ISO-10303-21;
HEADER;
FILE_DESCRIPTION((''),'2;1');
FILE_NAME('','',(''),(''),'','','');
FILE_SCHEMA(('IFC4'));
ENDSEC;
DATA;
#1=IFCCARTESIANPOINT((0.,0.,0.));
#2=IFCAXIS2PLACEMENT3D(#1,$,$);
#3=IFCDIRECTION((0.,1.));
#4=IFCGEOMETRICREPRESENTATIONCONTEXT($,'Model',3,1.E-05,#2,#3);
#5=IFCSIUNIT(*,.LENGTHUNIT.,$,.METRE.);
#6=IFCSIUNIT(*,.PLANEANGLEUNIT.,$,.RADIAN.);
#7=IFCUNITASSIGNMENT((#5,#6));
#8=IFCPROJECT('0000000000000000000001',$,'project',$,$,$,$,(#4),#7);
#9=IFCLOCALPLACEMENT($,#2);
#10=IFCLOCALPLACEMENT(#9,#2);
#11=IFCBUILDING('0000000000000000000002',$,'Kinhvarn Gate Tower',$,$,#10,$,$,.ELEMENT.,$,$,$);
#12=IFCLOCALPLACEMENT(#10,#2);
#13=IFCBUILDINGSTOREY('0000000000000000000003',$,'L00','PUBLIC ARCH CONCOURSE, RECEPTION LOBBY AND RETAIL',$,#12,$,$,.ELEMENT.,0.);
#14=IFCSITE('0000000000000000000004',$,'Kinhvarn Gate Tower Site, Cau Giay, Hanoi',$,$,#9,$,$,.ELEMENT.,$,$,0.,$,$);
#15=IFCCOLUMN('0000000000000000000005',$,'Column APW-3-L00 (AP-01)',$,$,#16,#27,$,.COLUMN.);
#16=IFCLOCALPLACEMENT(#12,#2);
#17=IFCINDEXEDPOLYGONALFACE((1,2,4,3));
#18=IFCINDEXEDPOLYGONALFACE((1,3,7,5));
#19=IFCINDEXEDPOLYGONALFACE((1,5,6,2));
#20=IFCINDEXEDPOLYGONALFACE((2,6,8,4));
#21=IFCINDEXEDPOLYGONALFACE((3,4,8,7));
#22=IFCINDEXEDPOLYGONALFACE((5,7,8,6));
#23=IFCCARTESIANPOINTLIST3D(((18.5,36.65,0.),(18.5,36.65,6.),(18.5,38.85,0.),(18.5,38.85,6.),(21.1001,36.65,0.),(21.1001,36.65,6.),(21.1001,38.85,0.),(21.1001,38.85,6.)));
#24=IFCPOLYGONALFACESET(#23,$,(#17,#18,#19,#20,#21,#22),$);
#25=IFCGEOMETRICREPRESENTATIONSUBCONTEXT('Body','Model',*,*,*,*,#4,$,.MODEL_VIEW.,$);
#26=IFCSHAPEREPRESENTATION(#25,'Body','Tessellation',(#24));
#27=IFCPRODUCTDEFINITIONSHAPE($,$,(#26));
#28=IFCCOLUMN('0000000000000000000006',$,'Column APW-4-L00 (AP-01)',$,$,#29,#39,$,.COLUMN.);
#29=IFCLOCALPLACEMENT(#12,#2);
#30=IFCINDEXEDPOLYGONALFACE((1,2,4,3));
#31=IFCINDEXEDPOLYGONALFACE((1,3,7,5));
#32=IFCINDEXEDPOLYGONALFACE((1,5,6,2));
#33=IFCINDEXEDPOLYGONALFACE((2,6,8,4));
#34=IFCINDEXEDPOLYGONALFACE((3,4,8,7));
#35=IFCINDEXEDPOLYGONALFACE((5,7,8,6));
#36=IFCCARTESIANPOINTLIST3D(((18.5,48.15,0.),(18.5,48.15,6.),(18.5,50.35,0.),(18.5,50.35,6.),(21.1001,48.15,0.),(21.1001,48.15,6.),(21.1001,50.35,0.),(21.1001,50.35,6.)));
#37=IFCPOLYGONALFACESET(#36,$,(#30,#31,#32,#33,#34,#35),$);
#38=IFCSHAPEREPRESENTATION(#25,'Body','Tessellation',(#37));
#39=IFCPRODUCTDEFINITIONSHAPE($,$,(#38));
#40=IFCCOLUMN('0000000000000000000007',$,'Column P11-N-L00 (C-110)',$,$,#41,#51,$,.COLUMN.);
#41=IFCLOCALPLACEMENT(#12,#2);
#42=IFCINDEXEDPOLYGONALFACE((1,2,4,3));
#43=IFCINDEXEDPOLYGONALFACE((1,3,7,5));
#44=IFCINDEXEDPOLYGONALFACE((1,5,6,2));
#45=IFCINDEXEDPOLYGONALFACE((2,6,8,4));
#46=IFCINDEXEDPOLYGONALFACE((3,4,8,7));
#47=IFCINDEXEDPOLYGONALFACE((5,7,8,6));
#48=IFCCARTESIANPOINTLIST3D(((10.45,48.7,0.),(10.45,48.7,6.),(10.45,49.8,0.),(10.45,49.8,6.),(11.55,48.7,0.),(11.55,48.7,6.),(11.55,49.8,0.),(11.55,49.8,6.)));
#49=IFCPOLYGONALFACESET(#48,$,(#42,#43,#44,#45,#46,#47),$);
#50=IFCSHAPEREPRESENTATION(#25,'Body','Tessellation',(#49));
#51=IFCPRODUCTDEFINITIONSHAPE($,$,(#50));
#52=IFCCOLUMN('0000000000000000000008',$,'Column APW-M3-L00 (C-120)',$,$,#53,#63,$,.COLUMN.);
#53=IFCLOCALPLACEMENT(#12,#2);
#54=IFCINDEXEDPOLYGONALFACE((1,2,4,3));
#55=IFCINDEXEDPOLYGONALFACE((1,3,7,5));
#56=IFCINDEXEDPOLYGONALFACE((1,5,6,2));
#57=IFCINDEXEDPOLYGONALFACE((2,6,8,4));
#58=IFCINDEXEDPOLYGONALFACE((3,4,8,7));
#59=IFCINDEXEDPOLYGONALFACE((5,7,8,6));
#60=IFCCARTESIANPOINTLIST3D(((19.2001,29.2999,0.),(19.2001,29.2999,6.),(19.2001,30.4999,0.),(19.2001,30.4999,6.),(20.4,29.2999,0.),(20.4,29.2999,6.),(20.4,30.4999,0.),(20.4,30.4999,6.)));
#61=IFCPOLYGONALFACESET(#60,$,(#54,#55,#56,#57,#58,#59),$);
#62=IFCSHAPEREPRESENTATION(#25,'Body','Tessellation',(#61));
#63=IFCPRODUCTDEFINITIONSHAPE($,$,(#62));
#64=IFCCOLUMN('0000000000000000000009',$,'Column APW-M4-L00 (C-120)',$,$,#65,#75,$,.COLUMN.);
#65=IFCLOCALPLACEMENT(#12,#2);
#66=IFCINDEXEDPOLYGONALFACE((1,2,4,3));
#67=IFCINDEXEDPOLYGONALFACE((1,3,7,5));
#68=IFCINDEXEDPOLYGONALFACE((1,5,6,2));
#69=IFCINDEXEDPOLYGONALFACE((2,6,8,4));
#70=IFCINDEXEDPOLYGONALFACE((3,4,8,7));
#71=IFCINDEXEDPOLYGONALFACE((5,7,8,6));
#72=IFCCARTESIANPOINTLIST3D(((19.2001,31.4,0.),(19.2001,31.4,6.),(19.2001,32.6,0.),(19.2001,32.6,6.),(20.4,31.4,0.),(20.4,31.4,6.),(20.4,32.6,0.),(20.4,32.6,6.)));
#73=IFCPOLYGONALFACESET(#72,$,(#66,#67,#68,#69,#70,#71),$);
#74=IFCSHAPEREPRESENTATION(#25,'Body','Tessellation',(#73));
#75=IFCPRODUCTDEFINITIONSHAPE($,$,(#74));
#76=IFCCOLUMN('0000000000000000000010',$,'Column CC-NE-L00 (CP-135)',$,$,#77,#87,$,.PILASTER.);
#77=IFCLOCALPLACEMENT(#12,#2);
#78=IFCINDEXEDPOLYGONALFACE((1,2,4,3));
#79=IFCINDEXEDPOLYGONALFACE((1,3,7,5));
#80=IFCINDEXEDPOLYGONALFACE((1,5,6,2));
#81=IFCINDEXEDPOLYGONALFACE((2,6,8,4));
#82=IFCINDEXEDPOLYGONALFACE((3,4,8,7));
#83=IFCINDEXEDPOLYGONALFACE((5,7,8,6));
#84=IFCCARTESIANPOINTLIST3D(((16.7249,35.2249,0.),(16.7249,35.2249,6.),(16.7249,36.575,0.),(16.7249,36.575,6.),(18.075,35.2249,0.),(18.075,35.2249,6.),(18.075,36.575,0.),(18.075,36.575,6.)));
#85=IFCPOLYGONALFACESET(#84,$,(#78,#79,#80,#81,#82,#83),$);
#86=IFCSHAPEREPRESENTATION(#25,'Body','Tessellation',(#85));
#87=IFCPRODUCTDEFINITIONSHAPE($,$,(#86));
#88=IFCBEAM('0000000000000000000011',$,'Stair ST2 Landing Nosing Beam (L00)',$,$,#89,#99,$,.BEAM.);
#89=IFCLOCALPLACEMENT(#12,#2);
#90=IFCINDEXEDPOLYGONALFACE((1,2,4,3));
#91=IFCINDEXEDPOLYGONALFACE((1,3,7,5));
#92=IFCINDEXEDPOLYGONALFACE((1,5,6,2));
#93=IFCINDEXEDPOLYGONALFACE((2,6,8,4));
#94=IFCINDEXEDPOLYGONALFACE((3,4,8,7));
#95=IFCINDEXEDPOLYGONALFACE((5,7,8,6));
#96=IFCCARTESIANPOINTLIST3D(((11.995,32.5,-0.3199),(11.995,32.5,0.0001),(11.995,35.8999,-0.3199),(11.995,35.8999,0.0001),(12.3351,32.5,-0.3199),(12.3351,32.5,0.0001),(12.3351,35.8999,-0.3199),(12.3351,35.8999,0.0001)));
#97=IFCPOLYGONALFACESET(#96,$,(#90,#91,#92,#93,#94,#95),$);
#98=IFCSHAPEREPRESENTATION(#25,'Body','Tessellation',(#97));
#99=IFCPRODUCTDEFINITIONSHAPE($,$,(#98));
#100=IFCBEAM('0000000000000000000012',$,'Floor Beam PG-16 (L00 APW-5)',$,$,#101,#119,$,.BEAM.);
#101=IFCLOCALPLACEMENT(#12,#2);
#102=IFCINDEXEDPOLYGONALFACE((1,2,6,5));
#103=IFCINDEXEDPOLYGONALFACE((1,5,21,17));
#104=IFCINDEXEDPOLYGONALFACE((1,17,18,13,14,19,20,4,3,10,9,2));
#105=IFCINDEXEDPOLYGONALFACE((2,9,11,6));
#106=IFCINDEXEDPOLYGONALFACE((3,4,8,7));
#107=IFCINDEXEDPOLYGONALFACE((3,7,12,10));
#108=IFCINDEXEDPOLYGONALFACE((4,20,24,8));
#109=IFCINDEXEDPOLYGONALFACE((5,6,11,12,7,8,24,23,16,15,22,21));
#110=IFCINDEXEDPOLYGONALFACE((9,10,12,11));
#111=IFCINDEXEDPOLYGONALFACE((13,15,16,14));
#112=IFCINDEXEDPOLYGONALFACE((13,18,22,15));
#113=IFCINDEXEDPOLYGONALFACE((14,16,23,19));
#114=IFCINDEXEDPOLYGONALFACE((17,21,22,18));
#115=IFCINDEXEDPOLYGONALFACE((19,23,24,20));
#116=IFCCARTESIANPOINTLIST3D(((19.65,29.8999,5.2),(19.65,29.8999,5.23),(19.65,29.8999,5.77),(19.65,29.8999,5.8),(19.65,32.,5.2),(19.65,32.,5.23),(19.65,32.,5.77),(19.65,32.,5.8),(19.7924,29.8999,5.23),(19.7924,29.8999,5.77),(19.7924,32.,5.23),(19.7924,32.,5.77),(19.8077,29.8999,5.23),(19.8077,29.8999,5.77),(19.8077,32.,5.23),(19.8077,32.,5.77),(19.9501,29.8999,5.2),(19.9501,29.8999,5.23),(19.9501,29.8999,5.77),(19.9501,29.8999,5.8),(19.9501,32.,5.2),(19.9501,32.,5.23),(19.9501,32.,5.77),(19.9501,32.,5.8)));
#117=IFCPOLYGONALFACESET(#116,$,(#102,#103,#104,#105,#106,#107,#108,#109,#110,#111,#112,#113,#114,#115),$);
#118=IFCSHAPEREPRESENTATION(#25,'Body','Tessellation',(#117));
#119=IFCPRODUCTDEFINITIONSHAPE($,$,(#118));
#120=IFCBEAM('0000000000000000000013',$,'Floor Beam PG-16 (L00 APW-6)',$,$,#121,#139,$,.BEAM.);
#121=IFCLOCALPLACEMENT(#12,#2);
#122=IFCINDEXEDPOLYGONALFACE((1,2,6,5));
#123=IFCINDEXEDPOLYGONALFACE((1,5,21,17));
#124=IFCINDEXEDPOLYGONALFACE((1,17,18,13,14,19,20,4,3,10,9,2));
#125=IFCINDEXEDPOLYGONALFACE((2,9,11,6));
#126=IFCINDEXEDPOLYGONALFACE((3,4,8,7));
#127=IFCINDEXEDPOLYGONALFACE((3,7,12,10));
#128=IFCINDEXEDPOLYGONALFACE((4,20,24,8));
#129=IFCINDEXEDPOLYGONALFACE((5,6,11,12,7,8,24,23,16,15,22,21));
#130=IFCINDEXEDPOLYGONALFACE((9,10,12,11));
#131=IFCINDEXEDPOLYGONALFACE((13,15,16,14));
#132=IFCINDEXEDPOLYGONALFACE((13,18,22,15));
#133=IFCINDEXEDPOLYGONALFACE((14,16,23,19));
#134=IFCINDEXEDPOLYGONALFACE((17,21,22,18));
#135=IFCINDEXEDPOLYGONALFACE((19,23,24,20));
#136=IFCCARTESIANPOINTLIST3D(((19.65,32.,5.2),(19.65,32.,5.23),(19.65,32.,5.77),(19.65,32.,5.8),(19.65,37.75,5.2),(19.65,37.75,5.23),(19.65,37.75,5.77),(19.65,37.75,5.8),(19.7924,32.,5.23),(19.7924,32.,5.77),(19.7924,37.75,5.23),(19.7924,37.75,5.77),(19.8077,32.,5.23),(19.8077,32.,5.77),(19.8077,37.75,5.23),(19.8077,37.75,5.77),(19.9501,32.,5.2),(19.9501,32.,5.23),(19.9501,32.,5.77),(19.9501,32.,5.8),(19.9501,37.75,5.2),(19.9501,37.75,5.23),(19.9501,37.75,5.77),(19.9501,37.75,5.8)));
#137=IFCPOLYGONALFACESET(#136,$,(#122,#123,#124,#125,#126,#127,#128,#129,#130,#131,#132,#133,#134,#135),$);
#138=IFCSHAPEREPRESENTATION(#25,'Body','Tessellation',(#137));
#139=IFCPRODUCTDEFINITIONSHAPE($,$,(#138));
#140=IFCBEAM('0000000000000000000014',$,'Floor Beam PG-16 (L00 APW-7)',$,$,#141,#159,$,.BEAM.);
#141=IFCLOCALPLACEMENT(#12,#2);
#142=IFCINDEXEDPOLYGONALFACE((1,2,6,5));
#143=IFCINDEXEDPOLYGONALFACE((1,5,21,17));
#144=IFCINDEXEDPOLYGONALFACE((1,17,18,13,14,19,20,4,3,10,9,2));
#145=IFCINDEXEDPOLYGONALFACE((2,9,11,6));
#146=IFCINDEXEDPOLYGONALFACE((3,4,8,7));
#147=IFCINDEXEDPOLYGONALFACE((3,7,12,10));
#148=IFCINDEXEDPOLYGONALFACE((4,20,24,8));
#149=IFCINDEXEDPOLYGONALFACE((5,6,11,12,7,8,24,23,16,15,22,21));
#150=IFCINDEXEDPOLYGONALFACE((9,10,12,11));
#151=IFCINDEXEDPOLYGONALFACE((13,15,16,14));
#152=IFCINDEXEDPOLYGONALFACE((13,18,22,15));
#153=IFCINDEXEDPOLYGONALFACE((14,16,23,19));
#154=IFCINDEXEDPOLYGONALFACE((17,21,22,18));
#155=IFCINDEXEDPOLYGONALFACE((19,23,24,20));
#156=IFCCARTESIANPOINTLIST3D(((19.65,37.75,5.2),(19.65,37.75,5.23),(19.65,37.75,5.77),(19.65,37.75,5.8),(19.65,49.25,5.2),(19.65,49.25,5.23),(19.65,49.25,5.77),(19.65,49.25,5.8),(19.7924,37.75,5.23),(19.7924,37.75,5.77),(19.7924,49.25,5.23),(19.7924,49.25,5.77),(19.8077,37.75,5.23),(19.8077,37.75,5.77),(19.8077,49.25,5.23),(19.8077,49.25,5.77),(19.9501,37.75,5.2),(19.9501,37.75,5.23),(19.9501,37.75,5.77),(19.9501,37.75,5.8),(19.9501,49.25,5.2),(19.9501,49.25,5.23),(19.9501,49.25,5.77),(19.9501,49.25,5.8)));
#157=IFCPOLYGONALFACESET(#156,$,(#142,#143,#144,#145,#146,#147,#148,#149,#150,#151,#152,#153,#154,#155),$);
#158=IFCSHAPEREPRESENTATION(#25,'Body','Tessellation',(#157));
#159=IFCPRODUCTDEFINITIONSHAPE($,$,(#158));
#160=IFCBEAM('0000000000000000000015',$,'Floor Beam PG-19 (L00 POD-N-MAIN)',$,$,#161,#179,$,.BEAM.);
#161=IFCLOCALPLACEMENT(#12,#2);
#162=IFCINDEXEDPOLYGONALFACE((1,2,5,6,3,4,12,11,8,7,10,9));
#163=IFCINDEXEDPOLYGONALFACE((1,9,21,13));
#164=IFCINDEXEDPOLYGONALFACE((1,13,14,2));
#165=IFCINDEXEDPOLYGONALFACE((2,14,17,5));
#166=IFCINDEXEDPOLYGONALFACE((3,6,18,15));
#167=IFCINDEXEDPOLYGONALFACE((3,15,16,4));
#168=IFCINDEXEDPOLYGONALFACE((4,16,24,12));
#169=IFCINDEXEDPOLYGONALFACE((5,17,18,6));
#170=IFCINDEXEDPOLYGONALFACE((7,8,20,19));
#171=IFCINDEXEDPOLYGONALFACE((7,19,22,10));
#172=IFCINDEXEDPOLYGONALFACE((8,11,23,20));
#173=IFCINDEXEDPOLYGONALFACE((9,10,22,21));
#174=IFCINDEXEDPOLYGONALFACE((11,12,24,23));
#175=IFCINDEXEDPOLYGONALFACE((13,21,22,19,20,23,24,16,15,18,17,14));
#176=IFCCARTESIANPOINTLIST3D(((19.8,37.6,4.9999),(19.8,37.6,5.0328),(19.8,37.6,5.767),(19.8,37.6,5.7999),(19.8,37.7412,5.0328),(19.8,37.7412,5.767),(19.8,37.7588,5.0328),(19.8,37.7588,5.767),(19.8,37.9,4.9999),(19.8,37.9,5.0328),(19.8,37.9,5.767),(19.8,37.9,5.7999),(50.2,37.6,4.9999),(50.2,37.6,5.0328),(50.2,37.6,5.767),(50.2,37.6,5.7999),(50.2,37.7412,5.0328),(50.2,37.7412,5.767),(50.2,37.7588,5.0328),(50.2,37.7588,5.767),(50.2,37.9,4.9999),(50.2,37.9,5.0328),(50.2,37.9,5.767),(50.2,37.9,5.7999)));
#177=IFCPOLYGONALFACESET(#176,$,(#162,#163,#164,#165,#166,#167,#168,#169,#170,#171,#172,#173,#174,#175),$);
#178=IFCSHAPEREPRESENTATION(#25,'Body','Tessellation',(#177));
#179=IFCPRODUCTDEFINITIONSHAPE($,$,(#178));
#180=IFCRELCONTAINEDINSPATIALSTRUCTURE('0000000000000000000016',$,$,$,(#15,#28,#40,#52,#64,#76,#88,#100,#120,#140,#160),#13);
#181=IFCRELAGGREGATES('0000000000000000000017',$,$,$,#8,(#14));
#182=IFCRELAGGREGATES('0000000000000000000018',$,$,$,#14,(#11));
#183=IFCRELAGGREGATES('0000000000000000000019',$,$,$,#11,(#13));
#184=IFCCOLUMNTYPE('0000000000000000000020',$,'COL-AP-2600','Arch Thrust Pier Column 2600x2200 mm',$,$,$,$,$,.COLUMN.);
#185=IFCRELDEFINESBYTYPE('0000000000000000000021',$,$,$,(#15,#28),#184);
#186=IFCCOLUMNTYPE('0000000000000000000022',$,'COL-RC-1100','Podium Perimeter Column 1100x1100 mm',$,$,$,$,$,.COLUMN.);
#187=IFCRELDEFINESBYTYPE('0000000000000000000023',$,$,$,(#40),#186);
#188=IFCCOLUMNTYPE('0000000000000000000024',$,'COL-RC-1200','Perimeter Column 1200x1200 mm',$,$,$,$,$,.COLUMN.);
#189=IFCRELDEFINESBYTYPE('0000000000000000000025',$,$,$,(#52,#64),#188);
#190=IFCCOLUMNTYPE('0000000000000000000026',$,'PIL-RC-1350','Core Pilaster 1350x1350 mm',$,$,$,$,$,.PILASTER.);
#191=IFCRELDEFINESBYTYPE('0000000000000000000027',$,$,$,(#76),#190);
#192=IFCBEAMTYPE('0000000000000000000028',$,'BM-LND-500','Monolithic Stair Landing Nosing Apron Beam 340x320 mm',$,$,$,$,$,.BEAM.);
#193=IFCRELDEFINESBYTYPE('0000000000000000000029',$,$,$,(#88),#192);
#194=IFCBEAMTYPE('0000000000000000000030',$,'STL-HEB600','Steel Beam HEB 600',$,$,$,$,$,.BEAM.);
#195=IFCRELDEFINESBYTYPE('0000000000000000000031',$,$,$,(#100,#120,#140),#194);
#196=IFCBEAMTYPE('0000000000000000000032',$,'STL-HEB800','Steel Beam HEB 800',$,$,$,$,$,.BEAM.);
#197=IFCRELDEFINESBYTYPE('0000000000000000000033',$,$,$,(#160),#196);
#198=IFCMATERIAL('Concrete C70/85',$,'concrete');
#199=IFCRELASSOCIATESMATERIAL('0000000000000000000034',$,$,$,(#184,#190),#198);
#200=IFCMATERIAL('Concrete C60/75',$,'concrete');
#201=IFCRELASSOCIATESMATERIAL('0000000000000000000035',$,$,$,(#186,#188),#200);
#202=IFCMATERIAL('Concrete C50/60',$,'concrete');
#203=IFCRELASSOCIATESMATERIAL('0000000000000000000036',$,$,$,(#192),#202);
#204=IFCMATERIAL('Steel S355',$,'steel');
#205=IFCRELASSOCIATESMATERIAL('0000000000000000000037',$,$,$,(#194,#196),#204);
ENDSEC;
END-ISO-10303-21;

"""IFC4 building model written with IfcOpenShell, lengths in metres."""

from ifc_helpers import new_model, si_unit, direction, frame, origin, origin_2d, place, context, subcontext, project, spatial, rectangle, i_section, extrude, material, material_profile, profile_set, type_object, element, save


model = new_model("IFC4")

# Units and contexts
model_context = context("Model", 3, precision=1e-05, world=origin(), true_north=direction((0.0, 1.0)))
body_context = subcontext(model_context, "Body", "Model", "MODEL_VIEW")
ifc_project = project(units=[si_unit("LENGTHUNIT", "METRE"), si_unit("PLANEANGLEUNIT", "RADIAN")], contexts=[model_context])

# Site, building, storey
site_placement = place(None, origin())
site = spatial("IfcSite", under=ifc_project, at=site_placement, Name="Kinhvarn Gate Tower Site, Cau Giay, Hanoi", CompositionType="ELEMENT", RefElevation=0.0)
building_placement = place(site_placement, origin())
building = spatial("IfcBuilding", under=site, at=building_placement, Name="Kinhvarn Gate Tower", CompositionType="ELEMENT")
storey_placement = place(building_placement, origin())
storey = spatial("IfcBuildingStorey", under=building, at=storey_placement, Name="L00", Description="PUBLIC ARCH CONCOURSE, RECEPTION LOBBY AND RETAIL", CompositionType="ELEMENT", Elevation=0.0)

# Columns
ifc_material_1 = material(Name="Concrete C70/85", Category="concrete")
ifc_material_profile_1 = material_profile(ifc_material_1, rectangle(XDim=2.6001, YDim=2.2, at=origin_2d()), Name="RC 2600x2200")
ifc_profile_set_1 = profile_set([ifc_material_profile_1], Name="Concrete C70/85")
column_type_1 = type_object("IfcColumnType", Name="COL-AP-2600", Description="Arch Thrust Pier Column 2600x2200 mm", PredefinedType="COLUMN", material=ifc_profile_set_1)
for number, where, z_axis, x_axis, name in (
    (1, (19.8, 37.75, 0.0), (0.0, 0.0, 1.0), (1.0, 0.0, 0.0), "Column APW-3-L00 (AP-01)"),
    (2, (19.8, 49.25, 0.0), (0.0, 0.0, 1.0), (1.0, 0.0, 0.0), "Column APW-4-L00 (AP-01)"),
):
    element("IfcColumn", number, at=place(storey_placement, frame(where, z_axis=z_axis, x_axis=x_axis)), inside=storey, type_object=column_type_1, Name=name, PredefinedType="COLUMN", context=body_context, shape_type="SweptSolid", body=[
        extrude(rectangle(XDim=2.6001, YDim=2.2, at=origin_2d()), origin(), (0.0, 0.0, 1.0), 6.0),
    ])
ifc_material_2 = material(Name="Concrete C60/75", Category="concrete")
ifc_material_profile_2 = material_profile(ifc_material_2, rectangle(XDim=1.1001, YDim=1.1001, at=origin_2d()), Name="RC 1100x1100")
ifc_profile_set_2 = profile_set([ifc_material_profile_2], Name="Concrete C60/75")
column_type_2 = type_object("IfcColumnType", Name="COL-RC-1100", Description="Podium Perimeter Column 1100x1100 mm", PredefinedType="COLUMN", material=ifc_profile_set_2)
column_1_placement = place(storey_placement, frame((11.0, 49.25, 0.0), z_axis=(0.0, 0.0, 1.0), x_axis=(1.0, 0.0, 0.0)))
element("IfcColumn", 3, at=column_1_placement, inside=storey, type_object=column_type_2, Name="Column P11-N-L00 (C-110)", PredefinedType="COLUMN", context=body_context, shape_type="SweptSolid", body=[
    extrude(rectangle(XDim=1.1001, YDim=1.1001, at=origin_2d()), origin(), (0.0, 0.0, 1.0), 6.0),
])
ifc_material_profile_3 = material_profile(ifc_material_2, rectangle(XDim=1.2, YDim=1.2, at=origin_2d()), Name="RC 1200x1200")
ifc_profile_set_3 = profile_set([ifc_material_profile_3], Name="Concrete C60/75")
column_type_3 = type_object("IfcColumnType", Name="COL-RC-1200", Description="Perimeter Column 1200x1200 mm", PredefinedType="COLUMN", material=ifc_profile_set_3)
for number, where, z_axis, x_axis, name in (
    (4, (19.8, 29.8999, 0.0), (0.0, 0.0, 1.0), (1.0, 0.0, 0.0), "Column APW-M3-L00 (C-120)"),
    (5, (19.8, 32.0, 0.0), (0.0, 0.0, 1.0), (1.0, 0.0, 0.0), "Column APW-M4-L00 (C-120)"),
):
    element("IfcColumn", number, at=place(storey_placement, frame(where, z_axis=z_axis, x_axis=x_axis)), inside=storey, type_object=column_type_3, Name=name, PredefinedType="COLUMN", context=body_context, shape_type="SweptSolid", body=[
        extrude(rectangle(XDim=1.2, YDim=1.2, at=origin_2d()), origin(), (0.0, 0.0, 1.0), 6.0),
    ])
ifc_material_profile_4 = material_profile(ifc_material_1, rectangle(XDim=1.3501, YDim=1.3501, at=origin_2d()), Name="RC 1350x1350")
ifc_profile_set_4 = profile_set([ifc_material_profile_4], Name="Concrete C70/85")
column_type_4 = type_object("IfcColumnType", Name="PIL-RC-1350", Description="Core Pilaster 1350x1350 mm", PredefinedType="PILASTER", material=ifc_profile_set_4)
column_2_placement = place(storey_placement, frame((17.3999, 35.8999, 0.0), z_axis=(0.0, 0.0, 1.0), x_axis=(1.0, 0.0, 0.0)))
element("IfcColumn", 6, at=column_2_placement, inside=storey, type_object=column_type_4, Name="Column CC-NE-L00 (CP-135)", PredefinedType="PILASTER", context=body_context, shape_type="SweptSolid", body=[
    extrude(rectangle(XDim=1.3501, YDim=1.3501, at=origin_2d()), origin(), (0.0, 0.0, 1.0), 6.0),
])

# Beams
ifc_material_3 = material(Name="Concrete C50/60", Category="concrete")
ifc_material_profile_5 = material_profile(ifc_material_3, rectangle(XDim=0.3401, YDim=0.3201, at=origin_2d()), Name="RC 340x320")
ifc_profile_set_5 = profile_set([ifc_material_profile_5], Name="Concrete C50/60")
beam_type_1 = type_object("IfcBeamType", Name="BM-LND-500", Description="Monolithic Stair Landing Nosing Apron Beam 340x320 mm", PredefinedType="BEAM", material=ifc_profile_set_5)
beam_1_placement = place(storey_placement, frame((12.165, 32.5, -0.1599), z_axis=(0.0, 1.0, 0.0), x_axis=(-1.0, 0.0, 0.0)))
element("IfcBeam", 7, at=beam_1_placement, inside=storey, type_object=beam_type_1, Name="Stair ST2 Landing Nosing Beam (L00)", PredefinedType="BEAM", context=body_context, shape_type="SweptSolid", body=[
    extrude(rectangle(XDim=0.3401, YDim=0.3201, at=origin_2d()), origin(), (0.0, 0.0, 1.0), 3.3999),
])
ifc_material_4 = material(Name="Steel S355", Category="steel")
ifc_material_profile_6 = material_profile(ifc_material_4, i_section(OverallWidth=0.3, OverallDepth=0.6001, WebThickness=0.0154, FlangeThickness=0.03, at=origin_2d()), Name="HEB 600")
ifc_profile_set_6 = profile_set([ifc_material_profile_6], Name="Steel S355")
beam_type_2 = type_object("IfcBeamType", Name="STL-HEB600", Description="Steel Beam HEB 600", PredefinedType="BEAM", material=ifc_profile_set_6)
beam_2_placement = place(storey_placement, frame((19.8, 29.8999, 5.5), z_axis=(0.0, 1.0, 0.0), x_axis=(-1.0, 0.0, 0.0)))
element("IfcBeam", 8, at=beam_2_placement, inside=storey, type_object=beam_type_2, Name="Floor Beam PG-16 (L00 APW-5)", PredefinedType="BEAM", context=body_context, shape_type="SweptSolid", body=[
    extrude(i_section(OverallWidth=0.3, OverallDepth=0.6001, WebThickness=0.0154, FlangeThickness=0.03, at=origin_2d()), origin(), (0.0, 0.0, 1.0), 2.1001),
])
beam_3_placement = place(storey_placement, frame((19.8, 32.0, 5.5), z_axis=(0.0, 1.0, 0.0), x_axis=(-1.0, 0.0, 0.0)))
element("IfcBeam", 9, at=beam_3_placement, inside=storey, type_object=beam_type_2, Name="Floor Beam PG-16 (L00 APW-6)", PredefinedType="BEAM", context=body_context, shape_type="SweptSolid", body=[
    extrude(i_section(OverallWidth=0.3, OverallDepth=0.6001, WebThickness=0.0154, FlangeThickness=0.03, at=origin_2d()), origin(), (0.0, 0.0, 1.0), 5.75),
])
beam_4_placement = place(storey_placement, frame((19.8, 37.75, 5.5), z_axis=(0.0, 1.0, 0.0), x_axis=(-1.0, 0.0, 0.0)))
element("IfcBeam", 10, at=beam_4_placement, inside=storey, type_object=beam_type_2, Name="Floor Beam PG-16 (L00 APW-7)", PredefinedType="BEAM", context=body_context, shape_type="SweptSolid", body=[
    extrude(i_section(OverallWidth=0.3, OverallDepth=0.6001, WebThickness=0.0154, FlangeThickness=0.03, at=origin_2d()), origin(), (0.0, 0.0, 1.0), 11.5),
])
ifc_material_profile_7 = material_profile(ifc_material_4, i_section(OverallWidth=0.3, OverallDepth=0.8, WebThickness=0.0176, FlangeThickness=0.033, at=origin_2d()), Name="HEB 800")
ifc_profile_set_7 = profile_set([ifc_material_profile_7], Name="Steel S355")
beam_type_3 = type_object("IfcBeamType", Name="STL-HEB800", Description="Steel Beam HEB 800", PredefinedType="BEAM", material=ifc_profile_set_7)
beam_5_placement = place(storey_placement, frame((19.8, 37.75, 5.3999), z_axis=(1.0, 0.0, 0.0), x_axis=(0.0, 1.0, 0.0)))
element("IfcBeam", 11, at=beam_5_placement, inside=storey, type_object=beam_type_3, Name="Floor Beam PG-19 (L00 POD-N-MAIN)", PredefinedType="BEAM", context=body_context, shape_type="SweptSolid", body=[
    extrude(i_section(OverallWidth=0.3, OverallDepth=0.8, WebThickness=0.0176, FlangeThickness=0.033, at=origin_2d()), origin(), (0.0, 0.0, 1.0), 30.3999),
])

save(model, "model.ifc")
